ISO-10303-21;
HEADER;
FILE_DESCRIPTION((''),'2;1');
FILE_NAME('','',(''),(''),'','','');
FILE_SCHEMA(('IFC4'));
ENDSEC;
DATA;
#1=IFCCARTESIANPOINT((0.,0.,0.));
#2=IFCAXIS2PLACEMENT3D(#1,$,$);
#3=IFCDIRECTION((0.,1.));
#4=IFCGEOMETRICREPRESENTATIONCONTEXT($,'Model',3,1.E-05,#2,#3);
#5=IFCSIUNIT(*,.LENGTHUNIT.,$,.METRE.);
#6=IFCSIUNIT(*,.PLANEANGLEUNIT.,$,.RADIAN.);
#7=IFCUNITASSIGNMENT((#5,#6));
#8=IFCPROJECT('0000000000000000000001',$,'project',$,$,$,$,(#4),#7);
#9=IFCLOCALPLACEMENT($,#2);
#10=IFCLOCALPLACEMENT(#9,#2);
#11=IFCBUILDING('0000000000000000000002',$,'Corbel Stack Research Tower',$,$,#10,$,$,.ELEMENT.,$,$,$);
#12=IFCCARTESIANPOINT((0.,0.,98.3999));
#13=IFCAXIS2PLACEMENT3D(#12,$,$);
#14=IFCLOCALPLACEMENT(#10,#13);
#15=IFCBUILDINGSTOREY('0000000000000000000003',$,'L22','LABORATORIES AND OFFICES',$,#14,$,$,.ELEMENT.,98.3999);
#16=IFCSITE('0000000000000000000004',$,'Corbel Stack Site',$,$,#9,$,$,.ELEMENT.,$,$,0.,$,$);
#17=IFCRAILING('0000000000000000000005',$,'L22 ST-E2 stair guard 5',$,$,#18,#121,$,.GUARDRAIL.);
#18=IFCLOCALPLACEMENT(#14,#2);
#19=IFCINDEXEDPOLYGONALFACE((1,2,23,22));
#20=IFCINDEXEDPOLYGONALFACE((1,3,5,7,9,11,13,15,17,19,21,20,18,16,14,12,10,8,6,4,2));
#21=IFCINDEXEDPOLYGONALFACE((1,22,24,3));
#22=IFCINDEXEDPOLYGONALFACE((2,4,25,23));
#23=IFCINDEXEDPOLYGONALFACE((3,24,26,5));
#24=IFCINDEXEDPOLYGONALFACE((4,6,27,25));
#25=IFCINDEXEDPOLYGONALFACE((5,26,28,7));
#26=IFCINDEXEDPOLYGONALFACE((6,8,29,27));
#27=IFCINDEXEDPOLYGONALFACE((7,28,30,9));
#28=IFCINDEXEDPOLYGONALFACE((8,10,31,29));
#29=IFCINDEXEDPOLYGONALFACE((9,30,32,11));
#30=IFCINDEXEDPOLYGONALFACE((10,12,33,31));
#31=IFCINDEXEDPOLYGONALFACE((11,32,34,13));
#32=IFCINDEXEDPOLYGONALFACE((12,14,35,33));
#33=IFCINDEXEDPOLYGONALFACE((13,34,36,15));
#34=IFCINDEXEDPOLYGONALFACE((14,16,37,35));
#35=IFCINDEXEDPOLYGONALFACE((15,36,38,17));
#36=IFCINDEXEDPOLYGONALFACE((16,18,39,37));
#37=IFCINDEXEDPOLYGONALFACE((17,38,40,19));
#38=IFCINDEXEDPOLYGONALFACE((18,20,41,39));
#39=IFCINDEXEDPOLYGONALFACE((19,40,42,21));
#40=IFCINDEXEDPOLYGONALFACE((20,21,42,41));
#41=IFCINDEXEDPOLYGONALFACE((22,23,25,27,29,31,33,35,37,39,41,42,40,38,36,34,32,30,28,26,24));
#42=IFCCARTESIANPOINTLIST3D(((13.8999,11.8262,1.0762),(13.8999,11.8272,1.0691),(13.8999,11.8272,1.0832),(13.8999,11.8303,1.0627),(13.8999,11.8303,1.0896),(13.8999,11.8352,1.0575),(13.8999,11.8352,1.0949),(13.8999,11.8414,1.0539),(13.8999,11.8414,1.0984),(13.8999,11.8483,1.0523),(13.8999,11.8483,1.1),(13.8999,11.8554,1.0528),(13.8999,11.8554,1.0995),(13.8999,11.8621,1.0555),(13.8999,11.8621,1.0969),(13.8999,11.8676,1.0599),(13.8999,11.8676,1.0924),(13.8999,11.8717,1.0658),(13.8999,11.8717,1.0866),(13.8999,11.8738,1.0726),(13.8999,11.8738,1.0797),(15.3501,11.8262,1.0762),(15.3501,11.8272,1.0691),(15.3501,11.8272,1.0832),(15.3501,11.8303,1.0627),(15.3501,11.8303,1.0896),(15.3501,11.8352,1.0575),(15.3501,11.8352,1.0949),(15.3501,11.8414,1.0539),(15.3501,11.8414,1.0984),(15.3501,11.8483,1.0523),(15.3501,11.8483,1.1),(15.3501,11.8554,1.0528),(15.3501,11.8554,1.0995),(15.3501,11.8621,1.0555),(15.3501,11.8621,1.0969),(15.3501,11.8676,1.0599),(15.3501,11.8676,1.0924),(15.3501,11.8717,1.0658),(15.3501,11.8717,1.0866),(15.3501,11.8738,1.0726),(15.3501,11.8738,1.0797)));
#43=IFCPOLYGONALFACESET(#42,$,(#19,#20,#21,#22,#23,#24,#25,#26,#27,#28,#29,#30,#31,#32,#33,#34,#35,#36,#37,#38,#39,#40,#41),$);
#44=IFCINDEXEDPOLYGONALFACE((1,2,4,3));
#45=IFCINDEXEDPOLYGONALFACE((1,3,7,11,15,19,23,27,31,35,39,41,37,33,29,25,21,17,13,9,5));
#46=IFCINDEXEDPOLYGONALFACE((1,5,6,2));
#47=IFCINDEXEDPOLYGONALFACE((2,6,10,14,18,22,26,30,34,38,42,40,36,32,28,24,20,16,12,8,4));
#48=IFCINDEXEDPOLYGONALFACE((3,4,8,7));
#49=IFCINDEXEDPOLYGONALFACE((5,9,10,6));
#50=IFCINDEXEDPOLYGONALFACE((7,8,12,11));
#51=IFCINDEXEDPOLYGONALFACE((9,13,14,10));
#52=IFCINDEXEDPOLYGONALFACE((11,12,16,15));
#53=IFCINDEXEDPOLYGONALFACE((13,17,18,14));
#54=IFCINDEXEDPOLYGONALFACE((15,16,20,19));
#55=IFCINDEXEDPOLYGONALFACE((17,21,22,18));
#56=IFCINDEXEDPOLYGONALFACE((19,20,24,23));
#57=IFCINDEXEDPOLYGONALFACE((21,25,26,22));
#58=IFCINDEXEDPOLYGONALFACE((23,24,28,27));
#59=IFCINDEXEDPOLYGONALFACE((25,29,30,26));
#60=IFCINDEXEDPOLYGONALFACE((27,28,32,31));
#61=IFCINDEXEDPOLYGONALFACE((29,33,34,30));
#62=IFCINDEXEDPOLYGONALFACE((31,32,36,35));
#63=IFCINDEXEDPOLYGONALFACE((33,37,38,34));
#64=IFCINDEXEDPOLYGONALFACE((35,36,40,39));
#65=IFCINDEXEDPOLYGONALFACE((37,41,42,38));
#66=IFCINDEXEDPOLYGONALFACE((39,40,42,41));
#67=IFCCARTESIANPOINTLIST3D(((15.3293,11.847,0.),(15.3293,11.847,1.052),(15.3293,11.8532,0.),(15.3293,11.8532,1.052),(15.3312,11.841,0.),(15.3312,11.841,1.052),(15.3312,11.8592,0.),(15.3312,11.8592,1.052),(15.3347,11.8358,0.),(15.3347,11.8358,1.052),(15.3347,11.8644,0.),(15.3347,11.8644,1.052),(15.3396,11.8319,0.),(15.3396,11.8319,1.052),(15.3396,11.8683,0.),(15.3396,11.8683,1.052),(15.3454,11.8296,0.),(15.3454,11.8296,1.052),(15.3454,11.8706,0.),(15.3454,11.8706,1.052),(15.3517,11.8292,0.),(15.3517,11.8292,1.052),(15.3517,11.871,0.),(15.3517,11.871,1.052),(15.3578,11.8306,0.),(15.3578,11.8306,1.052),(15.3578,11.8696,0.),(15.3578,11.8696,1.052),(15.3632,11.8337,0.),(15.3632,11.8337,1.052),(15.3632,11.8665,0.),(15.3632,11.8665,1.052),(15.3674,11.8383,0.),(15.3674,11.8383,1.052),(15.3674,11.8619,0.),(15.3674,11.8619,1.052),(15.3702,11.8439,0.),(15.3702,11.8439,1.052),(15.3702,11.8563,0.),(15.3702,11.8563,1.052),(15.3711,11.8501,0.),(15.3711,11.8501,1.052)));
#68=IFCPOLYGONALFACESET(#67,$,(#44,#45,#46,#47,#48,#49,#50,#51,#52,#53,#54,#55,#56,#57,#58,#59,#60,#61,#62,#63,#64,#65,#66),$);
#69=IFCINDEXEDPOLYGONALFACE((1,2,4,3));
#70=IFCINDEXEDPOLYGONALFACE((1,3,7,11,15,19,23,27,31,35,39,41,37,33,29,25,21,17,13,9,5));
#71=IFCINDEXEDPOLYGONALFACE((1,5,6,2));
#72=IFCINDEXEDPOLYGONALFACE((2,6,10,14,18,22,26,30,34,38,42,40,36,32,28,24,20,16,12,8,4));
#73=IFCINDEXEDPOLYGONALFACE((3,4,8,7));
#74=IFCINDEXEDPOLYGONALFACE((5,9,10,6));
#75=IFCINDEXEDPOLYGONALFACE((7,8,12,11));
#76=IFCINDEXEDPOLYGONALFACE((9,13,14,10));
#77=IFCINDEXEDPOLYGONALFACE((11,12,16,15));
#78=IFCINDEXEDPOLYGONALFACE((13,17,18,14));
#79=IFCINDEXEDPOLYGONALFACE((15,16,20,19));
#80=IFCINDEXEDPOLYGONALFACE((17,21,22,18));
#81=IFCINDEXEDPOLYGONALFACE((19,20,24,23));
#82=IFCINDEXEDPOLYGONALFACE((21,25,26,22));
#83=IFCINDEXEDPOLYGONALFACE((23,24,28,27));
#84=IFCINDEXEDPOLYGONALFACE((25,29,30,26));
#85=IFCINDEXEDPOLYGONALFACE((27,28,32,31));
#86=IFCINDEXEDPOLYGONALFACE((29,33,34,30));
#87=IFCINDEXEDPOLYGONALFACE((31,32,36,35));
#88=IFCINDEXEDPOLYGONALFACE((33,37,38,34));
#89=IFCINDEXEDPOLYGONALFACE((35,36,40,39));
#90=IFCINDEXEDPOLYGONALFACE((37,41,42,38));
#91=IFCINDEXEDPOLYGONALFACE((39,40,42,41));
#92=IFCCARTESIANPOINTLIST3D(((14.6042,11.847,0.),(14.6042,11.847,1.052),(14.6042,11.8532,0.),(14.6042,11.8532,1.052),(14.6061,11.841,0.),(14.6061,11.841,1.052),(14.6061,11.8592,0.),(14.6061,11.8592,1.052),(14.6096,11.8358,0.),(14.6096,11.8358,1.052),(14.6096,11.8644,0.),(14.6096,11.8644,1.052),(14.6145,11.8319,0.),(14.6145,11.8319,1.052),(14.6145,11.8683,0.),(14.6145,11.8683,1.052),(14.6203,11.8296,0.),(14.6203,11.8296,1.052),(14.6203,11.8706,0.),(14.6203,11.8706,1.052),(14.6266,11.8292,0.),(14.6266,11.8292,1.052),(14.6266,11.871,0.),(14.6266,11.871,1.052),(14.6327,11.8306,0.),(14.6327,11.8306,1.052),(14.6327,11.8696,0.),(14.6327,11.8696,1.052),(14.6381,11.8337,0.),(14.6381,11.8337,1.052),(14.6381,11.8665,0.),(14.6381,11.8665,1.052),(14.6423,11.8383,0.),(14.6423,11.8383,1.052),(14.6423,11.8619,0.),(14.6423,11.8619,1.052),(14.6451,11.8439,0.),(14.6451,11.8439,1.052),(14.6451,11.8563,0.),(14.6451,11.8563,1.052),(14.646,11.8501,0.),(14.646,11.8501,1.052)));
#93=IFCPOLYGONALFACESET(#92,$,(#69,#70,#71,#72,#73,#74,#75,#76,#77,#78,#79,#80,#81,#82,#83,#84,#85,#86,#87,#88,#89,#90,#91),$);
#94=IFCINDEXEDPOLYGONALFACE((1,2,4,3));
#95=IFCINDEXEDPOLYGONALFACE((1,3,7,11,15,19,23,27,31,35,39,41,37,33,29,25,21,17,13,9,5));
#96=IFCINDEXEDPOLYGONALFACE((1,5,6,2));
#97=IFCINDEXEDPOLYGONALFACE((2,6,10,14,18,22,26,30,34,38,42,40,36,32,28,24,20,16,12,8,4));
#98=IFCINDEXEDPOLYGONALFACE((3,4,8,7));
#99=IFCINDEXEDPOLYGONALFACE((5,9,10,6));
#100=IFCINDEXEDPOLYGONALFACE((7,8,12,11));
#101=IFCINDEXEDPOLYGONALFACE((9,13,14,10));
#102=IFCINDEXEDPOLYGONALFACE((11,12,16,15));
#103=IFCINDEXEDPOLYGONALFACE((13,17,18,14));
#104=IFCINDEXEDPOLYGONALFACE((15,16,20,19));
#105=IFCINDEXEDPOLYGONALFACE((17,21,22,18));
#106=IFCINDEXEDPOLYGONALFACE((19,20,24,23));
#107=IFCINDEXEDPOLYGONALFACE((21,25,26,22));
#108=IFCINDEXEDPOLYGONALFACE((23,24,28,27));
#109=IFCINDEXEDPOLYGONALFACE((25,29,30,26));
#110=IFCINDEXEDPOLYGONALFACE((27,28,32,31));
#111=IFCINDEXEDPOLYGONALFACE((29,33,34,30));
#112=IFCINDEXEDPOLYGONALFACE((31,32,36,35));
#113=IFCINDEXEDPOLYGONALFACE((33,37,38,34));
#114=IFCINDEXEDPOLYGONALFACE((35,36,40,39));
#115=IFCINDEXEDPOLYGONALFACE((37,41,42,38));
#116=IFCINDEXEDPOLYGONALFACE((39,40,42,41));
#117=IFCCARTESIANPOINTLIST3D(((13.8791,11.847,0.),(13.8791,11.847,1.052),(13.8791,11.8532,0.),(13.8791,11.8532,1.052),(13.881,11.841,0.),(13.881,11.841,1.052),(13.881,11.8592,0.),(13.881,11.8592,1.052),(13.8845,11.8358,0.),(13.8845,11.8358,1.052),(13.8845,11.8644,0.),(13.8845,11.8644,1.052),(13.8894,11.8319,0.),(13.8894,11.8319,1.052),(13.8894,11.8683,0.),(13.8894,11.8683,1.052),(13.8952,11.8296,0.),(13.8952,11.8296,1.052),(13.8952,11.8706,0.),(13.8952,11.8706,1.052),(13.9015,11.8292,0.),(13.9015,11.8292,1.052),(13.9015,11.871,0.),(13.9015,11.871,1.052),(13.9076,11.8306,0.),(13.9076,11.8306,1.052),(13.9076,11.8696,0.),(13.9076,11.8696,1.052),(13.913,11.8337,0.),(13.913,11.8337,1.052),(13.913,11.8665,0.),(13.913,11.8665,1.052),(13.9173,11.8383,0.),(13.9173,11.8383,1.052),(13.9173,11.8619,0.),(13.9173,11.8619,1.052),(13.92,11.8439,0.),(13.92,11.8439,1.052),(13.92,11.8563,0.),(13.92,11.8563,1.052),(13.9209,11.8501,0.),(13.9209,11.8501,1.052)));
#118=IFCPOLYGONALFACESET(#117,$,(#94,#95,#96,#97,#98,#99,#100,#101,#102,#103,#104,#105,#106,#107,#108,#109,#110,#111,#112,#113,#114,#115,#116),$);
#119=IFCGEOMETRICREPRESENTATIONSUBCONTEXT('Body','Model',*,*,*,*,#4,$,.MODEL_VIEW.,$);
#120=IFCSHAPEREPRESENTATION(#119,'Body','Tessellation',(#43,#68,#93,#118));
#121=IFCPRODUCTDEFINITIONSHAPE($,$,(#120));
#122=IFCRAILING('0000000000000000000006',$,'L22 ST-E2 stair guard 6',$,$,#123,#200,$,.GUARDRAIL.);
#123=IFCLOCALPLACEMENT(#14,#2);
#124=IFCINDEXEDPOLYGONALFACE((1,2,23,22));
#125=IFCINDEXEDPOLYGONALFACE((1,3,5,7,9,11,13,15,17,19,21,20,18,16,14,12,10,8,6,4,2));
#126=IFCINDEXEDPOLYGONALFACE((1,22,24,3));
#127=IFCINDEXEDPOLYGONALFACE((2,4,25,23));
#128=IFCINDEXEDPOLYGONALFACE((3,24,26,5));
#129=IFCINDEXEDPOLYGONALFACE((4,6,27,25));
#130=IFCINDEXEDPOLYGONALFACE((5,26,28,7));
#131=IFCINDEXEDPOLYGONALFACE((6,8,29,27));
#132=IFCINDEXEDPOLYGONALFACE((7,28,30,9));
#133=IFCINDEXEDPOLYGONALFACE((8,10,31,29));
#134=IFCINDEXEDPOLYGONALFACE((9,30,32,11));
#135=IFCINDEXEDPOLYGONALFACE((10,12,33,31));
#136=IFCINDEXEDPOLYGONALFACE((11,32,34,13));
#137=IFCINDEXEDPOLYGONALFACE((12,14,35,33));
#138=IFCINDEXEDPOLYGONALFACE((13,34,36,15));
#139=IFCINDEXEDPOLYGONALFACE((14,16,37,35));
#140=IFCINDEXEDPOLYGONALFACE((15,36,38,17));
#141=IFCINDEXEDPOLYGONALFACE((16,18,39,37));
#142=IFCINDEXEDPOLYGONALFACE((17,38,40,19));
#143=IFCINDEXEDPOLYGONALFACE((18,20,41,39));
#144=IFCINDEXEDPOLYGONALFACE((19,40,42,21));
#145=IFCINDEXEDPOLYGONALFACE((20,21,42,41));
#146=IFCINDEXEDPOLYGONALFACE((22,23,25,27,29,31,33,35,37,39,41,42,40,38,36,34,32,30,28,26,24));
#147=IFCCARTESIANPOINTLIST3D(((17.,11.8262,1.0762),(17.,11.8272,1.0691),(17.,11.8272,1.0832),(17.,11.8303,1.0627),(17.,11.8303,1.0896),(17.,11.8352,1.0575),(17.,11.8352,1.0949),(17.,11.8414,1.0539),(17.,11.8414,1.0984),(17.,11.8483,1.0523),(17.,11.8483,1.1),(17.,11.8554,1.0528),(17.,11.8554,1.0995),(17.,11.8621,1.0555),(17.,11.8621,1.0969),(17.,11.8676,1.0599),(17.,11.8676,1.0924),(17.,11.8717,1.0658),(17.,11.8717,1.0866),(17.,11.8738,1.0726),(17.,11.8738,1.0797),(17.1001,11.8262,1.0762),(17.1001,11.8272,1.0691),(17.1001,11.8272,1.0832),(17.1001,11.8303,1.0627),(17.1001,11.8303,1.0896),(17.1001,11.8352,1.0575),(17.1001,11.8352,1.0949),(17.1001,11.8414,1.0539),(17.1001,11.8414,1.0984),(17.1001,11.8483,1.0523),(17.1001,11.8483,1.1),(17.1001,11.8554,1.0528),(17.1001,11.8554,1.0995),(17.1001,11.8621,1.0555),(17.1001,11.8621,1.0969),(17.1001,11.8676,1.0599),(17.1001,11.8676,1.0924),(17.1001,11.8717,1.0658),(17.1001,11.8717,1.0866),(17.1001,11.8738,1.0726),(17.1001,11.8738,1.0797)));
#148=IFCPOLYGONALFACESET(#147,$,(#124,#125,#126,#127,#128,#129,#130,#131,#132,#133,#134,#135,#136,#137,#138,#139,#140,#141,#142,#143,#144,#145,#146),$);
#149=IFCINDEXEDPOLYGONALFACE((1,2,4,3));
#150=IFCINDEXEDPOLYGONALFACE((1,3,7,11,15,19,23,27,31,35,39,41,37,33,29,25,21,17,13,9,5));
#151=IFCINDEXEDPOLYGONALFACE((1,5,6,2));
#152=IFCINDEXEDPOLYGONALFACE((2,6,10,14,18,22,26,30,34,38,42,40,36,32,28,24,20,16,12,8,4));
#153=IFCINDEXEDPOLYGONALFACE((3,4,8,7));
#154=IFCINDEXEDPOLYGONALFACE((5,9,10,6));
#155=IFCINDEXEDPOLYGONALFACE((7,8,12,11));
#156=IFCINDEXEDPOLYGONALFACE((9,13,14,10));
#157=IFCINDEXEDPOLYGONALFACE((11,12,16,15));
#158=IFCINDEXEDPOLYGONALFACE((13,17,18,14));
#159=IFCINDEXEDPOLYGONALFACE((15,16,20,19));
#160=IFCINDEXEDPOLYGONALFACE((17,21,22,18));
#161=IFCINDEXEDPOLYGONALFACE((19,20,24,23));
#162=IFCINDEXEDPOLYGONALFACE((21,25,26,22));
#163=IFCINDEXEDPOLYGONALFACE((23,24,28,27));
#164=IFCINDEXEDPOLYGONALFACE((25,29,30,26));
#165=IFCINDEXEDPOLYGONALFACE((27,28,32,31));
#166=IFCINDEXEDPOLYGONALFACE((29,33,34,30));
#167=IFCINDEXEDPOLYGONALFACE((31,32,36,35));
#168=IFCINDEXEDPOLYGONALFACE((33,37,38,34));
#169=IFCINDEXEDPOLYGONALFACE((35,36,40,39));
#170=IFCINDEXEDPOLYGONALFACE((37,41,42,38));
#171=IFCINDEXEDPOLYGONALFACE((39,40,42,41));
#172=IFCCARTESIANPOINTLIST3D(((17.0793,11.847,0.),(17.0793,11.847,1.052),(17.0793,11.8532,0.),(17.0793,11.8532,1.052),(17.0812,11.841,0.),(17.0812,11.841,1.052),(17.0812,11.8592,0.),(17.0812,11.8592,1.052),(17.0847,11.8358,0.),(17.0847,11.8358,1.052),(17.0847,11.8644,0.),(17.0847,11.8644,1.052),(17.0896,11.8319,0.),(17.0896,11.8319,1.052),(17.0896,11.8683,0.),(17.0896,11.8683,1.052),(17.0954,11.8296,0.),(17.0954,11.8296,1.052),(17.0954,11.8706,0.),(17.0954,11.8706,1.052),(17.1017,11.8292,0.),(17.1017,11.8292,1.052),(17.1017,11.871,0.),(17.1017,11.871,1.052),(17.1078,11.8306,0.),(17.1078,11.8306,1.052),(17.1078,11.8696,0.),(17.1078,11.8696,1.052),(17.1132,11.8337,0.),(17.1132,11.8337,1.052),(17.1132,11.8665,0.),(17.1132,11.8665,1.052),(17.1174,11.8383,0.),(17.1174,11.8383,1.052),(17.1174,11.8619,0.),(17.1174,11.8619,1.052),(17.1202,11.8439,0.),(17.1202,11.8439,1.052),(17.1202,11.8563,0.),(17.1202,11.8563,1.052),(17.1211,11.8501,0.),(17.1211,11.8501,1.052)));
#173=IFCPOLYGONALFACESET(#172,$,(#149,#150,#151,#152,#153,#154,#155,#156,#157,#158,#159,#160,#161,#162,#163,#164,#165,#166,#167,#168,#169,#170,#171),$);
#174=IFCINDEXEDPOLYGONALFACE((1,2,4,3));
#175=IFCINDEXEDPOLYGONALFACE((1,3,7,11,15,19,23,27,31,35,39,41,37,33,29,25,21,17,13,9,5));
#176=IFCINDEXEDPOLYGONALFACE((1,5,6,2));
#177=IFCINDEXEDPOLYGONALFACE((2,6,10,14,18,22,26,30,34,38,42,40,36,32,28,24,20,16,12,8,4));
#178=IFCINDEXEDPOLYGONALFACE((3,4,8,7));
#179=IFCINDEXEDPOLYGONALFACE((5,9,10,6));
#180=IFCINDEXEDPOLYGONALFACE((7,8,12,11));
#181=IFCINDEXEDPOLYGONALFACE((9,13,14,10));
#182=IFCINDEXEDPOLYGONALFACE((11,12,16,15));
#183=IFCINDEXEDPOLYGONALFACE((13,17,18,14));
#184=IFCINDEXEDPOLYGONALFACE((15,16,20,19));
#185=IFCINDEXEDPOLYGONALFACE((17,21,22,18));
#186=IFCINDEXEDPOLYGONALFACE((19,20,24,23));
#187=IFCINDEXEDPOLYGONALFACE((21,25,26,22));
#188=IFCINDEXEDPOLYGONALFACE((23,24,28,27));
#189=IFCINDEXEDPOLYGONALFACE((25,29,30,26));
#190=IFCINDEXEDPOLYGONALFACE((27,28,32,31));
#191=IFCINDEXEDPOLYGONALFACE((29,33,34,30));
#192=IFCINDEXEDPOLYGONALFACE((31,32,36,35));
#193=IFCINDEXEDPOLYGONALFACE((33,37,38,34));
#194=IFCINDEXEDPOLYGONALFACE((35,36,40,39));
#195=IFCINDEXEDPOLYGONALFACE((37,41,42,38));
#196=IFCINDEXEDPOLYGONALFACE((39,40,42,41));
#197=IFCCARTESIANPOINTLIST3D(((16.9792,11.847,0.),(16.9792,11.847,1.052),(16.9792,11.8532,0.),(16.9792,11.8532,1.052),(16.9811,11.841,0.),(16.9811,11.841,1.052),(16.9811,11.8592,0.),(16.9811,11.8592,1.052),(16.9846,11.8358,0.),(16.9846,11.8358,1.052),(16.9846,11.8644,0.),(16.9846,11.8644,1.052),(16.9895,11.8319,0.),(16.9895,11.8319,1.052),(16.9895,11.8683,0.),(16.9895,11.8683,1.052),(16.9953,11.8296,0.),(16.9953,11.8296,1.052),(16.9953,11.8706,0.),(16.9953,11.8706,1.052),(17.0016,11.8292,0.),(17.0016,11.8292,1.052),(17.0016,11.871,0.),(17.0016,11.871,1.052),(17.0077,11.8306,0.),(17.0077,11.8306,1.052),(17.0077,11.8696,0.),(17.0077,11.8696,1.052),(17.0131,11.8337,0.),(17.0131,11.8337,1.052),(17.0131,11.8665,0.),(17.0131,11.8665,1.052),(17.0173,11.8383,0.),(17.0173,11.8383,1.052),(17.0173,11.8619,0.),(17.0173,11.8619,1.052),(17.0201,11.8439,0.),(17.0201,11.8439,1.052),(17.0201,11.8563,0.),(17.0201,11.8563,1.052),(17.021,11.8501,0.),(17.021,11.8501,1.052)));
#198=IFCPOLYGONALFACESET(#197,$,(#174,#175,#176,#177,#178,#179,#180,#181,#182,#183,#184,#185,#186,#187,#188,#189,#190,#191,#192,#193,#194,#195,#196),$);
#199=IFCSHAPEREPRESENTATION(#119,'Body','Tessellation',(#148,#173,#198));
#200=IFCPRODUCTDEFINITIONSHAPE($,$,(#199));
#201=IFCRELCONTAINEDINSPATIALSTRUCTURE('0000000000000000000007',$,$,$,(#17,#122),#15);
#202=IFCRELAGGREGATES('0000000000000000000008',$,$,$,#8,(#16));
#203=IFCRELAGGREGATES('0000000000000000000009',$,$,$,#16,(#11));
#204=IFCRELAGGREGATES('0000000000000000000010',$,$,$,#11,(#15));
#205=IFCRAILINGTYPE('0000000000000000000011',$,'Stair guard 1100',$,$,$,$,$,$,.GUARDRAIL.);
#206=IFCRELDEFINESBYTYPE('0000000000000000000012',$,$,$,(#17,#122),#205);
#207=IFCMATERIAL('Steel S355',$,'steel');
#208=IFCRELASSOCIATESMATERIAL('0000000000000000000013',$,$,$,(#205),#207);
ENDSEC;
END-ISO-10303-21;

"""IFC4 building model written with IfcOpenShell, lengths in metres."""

from ifc_helpers import new_model, si_unit, direction, frame, origin, origin_2d, place, context, subcontext, project, spatial, circle, extrude, material, type_object, element, save


model = new_model("IFC4")

# Units and contexts
model_context = context("Model", 3, precision=1e-05, world=origin(), true_north=direction((0.0, 1.0)))
body_context = subcontext(model_context, "Body", "Model", "MODEL_VIEW")
ifc_project = project(units=[si_unit("LENGTHUNIT", "METRE"), si_unit("PLANEANGLEUNIT", "RADIAN")], contexts=[model_context])

# Site, building, storey
site_placement = place(None, origin())
site = spatial("IfcSite", under=ifc_project, at=site_placement, Name="Corbel Stack Site", CompositionType="ELEMENT", RefElevation=0.0)
building_placement = place(site_placement, origin())
building = spatial("IfcBuilding", under=site, at=building_placement, Name="Corbel Stack Research Tower", CompositionType="ELEMENT")
storey_placement = place(building_placement, frame((0.0, 0.0, 98.3999)))
storey = spatial("IfcBuildingStorey", under=building, at=storey_placement, Name="L22", Description="LABORATORIES AND OFFICES", CompositionType="ELEMENT", Elevation=98.3999)

# Railings
ifc_material_1 = material(Name="Steel S355", Category="steel")
railing_type_1 = type_object("IfcRailingType", Name="Stair guard 1100", PredefinedType="GUARDRAIL", material=ifc_material_1)
railing_1_placement = place(storey_placement, frame((15.3501, 11.8501, 0.0)))
element("IfcRailing", 1, at=railing_1_placement, inside=storey, type_object=railing_type_1, Name="L22 ST-E2 stair guard 5", PredefinedType="GUARDRAIL", context=body_context, shape_type="SweptSolid", body=[
    extrude(circle(Radius=0.0239, at=origin_2d()), frame((0.0, 0.0, 1.0762), z_axis=(-1.0, 0.0, 0.0), x_axis=(0.0, -1.0, 0.0)), (0.0, 0.0, 1.0), 1.4502),
    extrude(circle(Radius=0.021, at=origin_2d()), origin(), (0.0, 0.0, 1.0), 1.052),
    extrude(circle(Radius=0.021, at=origin_2d()), frame((-0.7251, 0.0, 0.0)), (0.0, 0.0, 1.0), 1.052),
    extrude(circle(Radius=0.021, at=origin_2d()), frame((-1.4502, 0.0, 0.0)), (0.0, 0.0, 1.0), 1.052),
])
railing_2_placement = place(storey_placement, frame((17.1001, 11.8501, 0.0)))
element("IfcRailing", 2, at=railing_2_placement, inside=storey, type_object=railing_type_1, Name="L22 ST-E2 stair guard 6", PredefinedType="GUARDRAIL", context=body_context, shape_type="SweptSolid", body=[
    extrude(circle(Radius=0.0239, at=origin_2d()), frame((0.0, 0.0, 1.0762), z_axis=(-1.0, 0.0, 0.0), x_axis=(0.0, -1.0, 0.0)), (0.0, 0.0, 1.0), 0.1001),
    extrude(circle(Radius=0.021, at=origin_2d()), origin(), (0.0, 0.0, 1.0), 1.052),
    extrude(circle(Radius=0.021, at=origin_2d()), frame((-0.1001, 0.0, 0.0)), (0.0, 0.0, 1.0), 1.052),
])

save(model, "model.ifc")
